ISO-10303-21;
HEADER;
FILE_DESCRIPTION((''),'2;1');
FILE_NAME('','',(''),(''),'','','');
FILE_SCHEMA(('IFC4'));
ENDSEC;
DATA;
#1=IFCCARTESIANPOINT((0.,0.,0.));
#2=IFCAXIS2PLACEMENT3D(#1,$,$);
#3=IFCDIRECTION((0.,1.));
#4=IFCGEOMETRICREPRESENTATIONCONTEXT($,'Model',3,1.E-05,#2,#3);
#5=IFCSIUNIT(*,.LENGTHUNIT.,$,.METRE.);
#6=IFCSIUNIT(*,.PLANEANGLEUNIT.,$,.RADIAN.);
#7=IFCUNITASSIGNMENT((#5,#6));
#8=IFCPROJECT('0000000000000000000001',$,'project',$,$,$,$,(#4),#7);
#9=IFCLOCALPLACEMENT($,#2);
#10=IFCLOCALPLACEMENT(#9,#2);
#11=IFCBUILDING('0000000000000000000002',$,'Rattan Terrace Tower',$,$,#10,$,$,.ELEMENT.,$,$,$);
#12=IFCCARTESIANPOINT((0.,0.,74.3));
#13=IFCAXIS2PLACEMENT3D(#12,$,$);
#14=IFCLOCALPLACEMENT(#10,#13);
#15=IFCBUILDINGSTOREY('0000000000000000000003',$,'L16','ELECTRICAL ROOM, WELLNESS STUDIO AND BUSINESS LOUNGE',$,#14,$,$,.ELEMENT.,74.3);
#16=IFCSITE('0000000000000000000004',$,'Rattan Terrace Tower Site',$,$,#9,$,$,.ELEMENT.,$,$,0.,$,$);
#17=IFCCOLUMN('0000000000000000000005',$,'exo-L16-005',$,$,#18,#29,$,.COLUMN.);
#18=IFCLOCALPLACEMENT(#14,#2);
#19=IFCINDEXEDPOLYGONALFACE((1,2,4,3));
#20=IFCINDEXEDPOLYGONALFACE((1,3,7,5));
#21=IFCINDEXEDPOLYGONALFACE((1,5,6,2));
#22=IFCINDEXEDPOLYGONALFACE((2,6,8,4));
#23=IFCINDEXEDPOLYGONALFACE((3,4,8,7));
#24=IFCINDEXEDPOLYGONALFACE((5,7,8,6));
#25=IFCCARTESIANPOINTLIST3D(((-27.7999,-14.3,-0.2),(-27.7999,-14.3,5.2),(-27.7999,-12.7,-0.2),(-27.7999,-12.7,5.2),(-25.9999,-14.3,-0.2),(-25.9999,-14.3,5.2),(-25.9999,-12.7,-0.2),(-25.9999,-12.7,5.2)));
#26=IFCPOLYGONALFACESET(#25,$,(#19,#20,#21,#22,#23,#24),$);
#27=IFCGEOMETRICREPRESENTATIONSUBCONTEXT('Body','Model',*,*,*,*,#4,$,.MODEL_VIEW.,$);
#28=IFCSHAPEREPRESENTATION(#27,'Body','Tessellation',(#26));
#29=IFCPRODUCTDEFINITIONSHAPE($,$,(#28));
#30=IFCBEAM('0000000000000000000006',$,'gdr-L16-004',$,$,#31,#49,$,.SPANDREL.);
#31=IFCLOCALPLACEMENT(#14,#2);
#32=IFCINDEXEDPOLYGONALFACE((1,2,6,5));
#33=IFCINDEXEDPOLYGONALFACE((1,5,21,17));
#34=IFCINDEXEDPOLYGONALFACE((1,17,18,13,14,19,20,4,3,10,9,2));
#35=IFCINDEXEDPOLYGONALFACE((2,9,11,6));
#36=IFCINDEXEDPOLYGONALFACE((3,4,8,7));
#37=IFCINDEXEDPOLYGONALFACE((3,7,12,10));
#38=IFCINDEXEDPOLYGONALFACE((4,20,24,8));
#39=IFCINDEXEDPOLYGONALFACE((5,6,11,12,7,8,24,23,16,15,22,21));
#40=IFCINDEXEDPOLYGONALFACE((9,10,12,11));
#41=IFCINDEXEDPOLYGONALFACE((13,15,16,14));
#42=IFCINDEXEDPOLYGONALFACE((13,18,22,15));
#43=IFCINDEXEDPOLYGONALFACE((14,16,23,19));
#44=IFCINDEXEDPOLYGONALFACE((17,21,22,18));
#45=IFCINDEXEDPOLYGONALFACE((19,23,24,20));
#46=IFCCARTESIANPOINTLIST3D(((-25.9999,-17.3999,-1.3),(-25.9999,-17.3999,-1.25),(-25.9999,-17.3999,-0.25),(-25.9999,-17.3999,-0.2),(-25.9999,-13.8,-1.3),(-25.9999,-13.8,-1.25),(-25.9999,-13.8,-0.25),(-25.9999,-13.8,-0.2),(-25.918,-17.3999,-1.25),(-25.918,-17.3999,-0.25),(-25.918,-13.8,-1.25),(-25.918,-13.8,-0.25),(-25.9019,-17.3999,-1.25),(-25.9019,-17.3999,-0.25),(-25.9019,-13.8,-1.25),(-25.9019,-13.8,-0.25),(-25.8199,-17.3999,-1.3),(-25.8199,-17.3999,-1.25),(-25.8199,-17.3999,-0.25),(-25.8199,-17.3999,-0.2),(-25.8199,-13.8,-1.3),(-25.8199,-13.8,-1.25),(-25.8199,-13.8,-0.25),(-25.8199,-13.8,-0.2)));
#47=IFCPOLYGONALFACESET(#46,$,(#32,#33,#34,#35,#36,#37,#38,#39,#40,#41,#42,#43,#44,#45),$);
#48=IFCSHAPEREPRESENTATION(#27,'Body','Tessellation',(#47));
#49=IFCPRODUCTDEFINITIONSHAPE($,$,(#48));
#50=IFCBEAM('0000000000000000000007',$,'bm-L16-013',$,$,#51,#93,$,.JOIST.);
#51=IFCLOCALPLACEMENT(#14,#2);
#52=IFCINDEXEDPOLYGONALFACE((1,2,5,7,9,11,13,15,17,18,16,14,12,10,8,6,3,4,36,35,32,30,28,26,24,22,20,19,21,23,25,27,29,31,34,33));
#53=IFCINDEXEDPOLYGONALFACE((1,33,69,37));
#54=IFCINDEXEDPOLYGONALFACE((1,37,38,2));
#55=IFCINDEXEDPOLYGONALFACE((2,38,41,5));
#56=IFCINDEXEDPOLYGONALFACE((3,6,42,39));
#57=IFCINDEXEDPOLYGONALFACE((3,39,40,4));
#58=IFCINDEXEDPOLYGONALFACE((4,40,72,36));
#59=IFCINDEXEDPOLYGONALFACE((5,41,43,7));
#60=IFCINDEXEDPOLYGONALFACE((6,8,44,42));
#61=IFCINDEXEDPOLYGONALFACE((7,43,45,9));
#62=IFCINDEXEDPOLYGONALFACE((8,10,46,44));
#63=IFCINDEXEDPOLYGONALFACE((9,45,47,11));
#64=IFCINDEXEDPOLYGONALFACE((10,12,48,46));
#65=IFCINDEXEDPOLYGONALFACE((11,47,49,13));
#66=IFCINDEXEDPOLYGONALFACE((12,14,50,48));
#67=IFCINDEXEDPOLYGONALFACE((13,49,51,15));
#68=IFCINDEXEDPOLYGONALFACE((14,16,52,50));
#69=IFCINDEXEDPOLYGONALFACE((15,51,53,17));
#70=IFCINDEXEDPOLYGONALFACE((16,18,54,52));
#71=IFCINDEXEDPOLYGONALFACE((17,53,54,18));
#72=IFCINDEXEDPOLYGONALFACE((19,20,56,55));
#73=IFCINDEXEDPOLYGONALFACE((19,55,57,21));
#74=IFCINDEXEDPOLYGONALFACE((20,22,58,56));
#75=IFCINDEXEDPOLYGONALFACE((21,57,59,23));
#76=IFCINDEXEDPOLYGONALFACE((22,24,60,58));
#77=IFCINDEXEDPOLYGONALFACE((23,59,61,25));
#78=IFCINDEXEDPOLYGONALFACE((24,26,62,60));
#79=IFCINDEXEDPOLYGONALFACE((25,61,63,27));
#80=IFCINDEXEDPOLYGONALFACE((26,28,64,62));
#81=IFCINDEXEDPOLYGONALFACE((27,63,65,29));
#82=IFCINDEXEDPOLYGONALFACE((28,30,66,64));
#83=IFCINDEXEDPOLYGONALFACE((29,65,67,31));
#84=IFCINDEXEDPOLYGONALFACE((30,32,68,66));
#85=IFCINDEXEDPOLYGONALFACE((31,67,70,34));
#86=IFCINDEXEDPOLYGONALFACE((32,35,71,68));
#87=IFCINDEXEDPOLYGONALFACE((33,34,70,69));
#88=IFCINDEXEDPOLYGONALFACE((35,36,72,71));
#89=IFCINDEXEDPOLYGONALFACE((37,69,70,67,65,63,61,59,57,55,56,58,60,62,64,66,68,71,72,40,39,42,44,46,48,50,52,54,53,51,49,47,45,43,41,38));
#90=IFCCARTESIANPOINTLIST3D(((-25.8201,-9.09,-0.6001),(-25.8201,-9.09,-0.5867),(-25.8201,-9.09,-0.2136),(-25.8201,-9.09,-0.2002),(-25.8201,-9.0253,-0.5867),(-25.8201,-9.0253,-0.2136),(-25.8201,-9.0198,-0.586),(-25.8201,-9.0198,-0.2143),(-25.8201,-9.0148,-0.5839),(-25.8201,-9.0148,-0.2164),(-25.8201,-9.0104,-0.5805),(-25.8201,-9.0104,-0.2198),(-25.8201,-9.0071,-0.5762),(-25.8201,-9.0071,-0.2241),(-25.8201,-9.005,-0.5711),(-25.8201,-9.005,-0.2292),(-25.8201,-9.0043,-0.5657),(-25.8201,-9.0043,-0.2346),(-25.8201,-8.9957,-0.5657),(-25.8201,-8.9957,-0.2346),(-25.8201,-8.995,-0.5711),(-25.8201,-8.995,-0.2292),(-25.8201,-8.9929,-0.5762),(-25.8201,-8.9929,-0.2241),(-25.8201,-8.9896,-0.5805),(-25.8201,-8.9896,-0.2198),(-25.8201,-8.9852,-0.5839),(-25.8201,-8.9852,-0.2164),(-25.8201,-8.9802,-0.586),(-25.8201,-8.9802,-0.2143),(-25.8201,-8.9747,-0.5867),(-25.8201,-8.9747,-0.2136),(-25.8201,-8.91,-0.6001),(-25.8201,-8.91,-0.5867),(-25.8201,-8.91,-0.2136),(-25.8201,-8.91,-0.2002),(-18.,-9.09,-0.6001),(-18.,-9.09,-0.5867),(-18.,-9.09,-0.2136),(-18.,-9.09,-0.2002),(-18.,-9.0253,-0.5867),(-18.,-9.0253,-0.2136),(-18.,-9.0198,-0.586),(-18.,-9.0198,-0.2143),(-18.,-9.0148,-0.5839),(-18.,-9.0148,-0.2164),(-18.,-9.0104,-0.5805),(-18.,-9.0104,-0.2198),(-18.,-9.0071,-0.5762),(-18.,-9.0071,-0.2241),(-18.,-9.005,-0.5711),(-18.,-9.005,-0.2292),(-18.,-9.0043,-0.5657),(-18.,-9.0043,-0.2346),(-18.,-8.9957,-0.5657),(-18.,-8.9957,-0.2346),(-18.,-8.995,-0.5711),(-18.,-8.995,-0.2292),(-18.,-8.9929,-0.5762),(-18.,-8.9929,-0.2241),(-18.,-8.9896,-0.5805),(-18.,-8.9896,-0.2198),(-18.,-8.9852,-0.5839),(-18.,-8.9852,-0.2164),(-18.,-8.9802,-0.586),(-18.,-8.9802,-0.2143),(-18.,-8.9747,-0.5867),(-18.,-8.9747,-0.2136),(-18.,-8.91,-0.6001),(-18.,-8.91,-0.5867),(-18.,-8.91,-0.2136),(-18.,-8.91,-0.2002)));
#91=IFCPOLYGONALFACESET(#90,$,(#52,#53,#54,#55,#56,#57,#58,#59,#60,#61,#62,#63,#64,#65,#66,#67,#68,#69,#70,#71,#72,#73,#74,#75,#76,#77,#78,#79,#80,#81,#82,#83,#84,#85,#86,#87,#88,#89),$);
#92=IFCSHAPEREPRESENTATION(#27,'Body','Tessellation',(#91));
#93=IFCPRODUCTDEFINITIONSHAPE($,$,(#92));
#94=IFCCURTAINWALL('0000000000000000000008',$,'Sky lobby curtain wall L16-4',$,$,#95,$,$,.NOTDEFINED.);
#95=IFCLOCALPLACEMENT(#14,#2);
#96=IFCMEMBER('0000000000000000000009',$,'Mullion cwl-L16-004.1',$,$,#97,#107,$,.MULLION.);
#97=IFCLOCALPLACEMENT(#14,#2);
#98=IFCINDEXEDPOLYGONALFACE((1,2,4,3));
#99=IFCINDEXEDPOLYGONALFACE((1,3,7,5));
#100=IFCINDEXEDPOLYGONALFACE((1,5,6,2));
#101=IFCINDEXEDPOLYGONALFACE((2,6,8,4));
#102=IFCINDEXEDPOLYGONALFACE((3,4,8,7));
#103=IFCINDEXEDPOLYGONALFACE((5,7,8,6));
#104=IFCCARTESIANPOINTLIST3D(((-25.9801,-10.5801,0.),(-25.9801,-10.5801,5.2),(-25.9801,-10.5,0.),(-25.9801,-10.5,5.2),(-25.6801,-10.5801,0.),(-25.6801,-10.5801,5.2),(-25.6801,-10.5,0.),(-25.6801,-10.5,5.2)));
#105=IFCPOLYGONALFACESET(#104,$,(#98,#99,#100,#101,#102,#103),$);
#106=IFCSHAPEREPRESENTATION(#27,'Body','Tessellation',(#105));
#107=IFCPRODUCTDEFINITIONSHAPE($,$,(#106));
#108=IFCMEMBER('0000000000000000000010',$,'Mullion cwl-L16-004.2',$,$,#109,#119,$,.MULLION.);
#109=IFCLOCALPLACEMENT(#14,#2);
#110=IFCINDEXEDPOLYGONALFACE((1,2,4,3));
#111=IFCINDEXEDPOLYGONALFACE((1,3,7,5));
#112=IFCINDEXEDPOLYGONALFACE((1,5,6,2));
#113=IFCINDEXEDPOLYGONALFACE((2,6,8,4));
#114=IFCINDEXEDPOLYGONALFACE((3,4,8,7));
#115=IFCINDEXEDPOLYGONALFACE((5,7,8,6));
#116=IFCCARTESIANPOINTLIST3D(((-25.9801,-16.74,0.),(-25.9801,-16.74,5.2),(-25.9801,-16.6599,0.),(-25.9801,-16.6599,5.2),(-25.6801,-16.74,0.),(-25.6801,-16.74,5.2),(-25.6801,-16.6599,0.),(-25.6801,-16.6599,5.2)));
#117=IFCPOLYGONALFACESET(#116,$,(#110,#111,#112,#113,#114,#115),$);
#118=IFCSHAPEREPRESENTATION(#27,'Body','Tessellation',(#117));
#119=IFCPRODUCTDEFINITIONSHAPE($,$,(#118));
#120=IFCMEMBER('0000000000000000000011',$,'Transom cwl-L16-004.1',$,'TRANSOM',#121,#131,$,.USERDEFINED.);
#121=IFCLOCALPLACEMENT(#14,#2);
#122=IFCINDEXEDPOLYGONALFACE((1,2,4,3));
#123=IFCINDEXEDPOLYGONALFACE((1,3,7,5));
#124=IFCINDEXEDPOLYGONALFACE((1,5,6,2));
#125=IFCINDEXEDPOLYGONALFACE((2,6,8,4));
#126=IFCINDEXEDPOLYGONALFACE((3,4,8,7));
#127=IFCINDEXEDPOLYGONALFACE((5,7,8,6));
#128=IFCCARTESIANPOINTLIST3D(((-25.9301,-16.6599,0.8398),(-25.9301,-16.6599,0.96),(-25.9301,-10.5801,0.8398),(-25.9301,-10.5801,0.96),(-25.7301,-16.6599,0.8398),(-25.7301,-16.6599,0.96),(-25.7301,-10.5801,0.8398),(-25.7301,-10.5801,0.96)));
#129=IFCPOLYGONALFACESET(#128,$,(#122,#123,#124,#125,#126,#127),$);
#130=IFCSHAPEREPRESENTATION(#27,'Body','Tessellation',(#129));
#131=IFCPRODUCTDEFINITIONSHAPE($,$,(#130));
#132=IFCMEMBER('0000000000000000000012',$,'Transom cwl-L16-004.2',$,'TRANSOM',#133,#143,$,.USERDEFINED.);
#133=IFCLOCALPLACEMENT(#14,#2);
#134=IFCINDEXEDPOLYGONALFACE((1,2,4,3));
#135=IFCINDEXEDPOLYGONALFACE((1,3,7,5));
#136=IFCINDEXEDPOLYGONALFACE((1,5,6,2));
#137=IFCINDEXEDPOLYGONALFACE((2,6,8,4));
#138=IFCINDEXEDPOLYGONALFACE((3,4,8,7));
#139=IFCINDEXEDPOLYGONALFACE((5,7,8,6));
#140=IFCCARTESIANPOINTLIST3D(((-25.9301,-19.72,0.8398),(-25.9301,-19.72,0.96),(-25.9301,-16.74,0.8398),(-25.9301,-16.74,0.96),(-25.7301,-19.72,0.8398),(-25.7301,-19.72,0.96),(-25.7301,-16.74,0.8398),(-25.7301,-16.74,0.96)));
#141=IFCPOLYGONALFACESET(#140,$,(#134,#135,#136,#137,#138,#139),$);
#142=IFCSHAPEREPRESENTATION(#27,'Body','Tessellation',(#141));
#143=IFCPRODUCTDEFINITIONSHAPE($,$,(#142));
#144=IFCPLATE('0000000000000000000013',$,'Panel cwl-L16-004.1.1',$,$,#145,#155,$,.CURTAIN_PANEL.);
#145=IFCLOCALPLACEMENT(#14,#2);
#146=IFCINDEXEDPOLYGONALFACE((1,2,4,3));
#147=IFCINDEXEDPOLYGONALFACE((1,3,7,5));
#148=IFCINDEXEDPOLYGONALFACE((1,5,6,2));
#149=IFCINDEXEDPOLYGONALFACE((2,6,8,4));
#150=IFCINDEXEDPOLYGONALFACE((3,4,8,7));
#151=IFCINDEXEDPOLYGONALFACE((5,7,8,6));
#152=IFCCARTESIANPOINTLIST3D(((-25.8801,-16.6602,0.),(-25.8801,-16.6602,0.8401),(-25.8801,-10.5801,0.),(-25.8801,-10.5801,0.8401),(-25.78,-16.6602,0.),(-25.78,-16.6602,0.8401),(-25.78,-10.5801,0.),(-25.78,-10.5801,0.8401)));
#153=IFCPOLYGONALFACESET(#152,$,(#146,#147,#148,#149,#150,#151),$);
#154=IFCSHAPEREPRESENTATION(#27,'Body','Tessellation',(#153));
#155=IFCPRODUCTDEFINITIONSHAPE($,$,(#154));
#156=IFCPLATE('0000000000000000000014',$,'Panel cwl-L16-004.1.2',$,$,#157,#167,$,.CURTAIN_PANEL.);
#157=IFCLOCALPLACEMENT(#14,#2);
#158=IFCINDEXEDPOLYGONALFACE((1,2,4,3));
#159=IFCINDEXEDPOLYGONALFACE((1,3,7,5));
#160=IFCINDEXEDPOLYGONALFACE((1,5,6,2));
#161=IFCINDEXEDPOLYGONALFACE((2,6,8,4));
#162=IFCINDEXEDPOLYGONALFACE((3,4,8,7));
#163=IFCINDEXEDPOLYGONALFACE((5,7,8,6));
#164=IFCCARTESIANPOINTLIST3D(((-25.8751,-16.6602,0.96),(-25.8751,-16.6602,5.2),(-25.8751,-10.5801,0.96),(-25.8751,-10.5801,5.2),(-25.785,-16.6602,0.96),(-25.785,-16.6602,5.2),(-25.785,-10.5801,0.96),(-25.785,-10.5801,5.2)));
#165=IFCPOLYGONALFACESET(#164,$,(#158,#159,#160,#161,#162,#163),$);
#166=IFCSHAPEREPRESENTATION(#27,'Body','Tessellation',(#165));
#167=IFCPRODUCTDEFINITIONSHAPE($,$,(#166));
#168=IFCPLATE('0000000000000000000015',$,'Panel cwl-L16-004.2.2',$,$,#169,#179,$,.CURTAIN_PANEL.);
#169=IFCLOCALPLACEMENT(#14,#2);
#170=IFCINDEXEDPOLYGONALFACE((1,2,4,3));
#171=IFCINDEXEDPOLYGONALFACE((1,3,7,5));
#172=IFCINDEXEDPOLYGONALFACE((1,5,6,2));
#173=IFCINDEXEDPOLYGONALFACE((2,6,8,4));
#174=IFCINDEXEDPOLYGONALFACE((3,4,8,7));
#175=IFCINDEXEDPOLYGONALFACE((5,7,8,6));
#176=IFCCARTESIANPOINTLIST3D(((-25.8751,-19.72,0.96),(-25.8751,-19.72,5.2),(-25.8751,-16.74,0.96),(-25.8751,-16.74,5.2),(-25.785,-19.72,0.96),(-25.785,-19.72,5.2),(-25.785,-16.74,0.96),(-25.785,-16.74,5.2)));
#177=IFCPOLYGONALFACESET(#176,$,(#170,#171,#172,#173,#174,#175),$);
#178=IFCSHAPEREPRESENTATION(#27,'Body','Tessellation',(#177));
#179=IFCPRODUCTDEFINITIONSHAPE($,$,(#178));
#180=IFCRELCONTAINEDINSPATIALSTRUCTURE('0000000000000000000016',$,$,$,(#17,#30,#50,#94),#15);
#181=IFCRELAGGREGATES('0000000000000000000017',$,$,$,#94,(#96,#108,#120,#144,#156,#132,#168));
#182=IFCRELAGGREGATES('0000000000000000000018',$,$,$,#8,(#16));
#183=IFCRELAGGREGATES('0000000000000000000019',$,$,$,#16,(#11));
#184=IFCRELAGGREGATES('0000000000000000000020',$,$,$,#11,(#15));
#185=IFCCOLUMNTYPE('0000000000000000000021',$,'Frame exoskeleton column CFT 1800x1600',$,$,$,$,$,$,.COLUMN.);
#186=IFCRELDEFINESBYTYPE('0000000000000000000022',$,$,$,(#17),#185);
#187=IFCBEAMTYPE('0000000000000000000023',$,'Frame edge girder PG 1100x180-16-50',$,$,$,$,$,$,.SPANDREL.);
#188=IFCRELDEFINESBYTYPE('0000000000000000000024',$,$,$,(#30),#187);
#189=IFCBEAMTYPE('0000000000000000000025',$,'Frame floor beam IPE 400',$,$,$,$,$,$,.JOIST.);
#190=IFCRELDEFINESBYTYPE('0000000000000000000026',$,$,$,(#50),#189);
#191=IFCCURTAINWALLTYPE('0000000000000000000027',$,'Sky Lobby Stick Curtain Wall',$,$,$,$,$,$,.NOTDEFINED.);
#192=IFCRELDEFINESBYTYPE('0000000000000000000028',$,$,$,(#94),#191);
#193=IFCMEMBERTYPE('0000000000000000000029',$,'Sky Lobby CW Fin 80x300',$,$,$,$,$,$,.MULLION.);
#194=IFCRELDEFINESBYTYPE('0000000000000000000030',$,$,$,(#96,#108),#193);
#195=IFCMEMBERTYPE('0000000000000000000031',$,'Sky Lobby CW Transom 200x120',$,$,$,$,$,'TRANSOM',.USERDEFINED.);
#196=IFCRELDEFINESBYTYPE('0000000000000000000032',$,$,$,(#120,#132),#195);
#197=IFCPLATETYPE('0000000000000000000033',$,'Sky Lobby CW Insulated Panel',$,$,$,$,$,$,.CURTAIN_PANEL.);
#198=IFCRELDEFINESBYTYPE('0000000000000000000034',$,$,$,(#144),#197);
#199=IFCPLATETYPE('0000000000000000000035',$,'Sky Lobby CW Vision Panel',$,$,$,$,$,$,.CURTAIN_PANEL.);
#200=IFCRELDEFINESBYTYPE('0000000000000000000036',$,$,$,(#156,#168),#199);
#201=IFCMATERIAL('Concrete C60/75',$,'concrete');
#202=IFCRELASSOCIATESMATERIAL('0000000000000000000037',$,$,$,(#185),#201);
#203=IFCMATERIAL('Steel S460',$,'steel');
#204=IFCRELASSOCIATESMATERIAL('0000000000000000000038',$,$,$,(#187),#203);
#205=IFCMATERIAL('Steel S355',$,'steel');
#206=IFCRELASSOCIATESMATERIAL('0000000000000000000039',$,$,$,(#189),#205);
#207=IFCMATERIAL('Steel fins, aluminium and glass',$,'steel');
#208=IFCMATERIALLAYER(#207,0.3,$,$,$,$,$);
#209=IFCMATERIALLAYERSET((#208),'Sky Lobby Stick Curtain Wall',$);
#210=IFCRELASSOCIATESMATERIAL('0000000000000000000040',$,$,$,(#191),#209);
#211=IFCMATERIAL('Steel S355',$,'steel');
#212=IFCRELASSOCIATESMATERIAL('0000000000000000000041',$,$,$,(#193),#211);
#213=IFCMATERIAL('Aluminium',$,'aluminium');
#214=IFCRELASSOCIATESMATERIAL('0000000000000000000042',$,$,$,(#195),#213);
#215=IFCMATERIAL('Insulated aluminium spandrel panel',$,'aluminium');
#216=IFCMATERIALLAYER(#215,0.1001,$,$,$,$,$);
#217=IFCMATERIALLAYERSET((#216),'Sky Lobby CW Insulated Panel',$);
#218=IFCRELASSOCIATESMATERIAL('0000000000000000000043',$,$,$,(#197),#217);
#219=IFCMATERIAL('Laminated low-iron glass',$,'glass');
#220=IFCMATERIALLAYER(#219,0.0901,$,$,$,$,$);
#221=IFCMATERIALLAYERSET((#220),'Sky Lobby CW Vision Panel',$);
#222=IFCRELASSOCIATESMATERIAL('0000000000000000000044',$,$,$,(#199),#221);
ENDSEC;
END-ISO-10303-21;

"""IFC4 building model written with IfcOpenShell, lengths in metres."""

from ifc_helpers import new_model, si_unit, direction, frame, origin, origin_2d, place, context, subcontext, project, spatial, rectangle, i_section, extrude, material, layer, layer_set, material_profile, profile_set, type_object, element, aggregate, save


model = new_model("IFC4")

# Units and contexts
model_context = context("Model", 3, precision=1e-05, world=origin(), true_north=direction((0.0, 1.0)))
body_context = subcontext(model_context, "Body", "Model", "MODEL_VIEW")
ifc_project = project(units=[si_unit("LENGTHUNIT", "METRE"), si_unit("PLANEANGLEUNIT", "RADIAN")], contexts=[model_context])

# Site, building, storey
site_placement = place(None, origin())
site = spatial("IfcSite", under=ifc_project, at=site_placement, Name="Rattan Terrace Tower Site", CompositionType="ELEMENT", RefElevation=0.0)
building_placement = place(site_placement, origin())
building = spatial("IfcBuilding", under=site, at=building_placement, Name="Rattan Terrace Tower", CompositionType="ELEMENT")
storey_placement = place(building_placement, frame((0.0, 0.0, 74.3)))
storey = spatial("IfcBuildingStorey", under=building, at=storey_placement, Name="L16", Description="ELECTRICAL ROOM, WELLNESS STUDIO AND BUSINESS LOUNGE", CompositionType="ELEMENT", Elevation=74.3)

# Column
ifc_material_1 = material(Name="Concrete C60/75", Category="concrete")
ifc_material_profile_1 = material_profile(ifc_material_1, rectangle(XDim=1.6001, YDim=1.8, at=origin_2d()), Name="CFT 1800x1600")
ifc_profile_set_1 = profile_set([ifc_material_profile_1], Name="Concrete C60/75")
column_type = type_object("IfcColumnType", Name="Frame exoskeleton column CFT 1800x1600", PredefinedType="COLUMN", material=ifc_profile_set_1)
column_placement = place(storey_placement, frame((-26.8999, -13.5, -0.2), z_axis=(0.0, 0.0, 1.0), x_axis=(0.0, 1.0, 0.0)))
element("IfcColumn", 1, at=column_placement, inside=storey, type_object=column_type, Name="exo-L16-005", PredefinedType="COLUMN", context=body_context, shape_type="SweptSolid", body=[
    extrude(rectangle(XDim=1.6001, YDim=1.8, at=origin_2d()), origin(), (0.0, 0.0, 1.0), 5.3999),
])

# Beams
ifc_material_2 = material(Name="Steel S460", Category="steel")
ifc_material_profile_2 = material_profile(ifc_material_2, i_section(OverallWidth=0.1799, OverallDepth=1.1001, WebThickness=0.0161, FlangeThickness=0.05, at=origin_2d()), Name="PG 1100x180-16-50")
ifc_profile_set_2 = profile_set([ifc_material_profile_2], Name="Steel S460")
beam_type_1 = type_object("IfcBeamType", Name="Frame edge girder PG 1100x180-16-50", PredefinedType="SPANDREL", material=ifc_profile_set_2)
beam_1_placement = place(storey_placement, frame((-25.9099, -13.8, -0.75), z_axis=(0.0, -1.0, 0.0), x_axis=(1.0, 0.0, 0.0)))
element("IfcBeam", 2, at=beam_1_placement, inside=storey, type_object=beam_type_1, Name="gdr-L16-004", PredefinedType="SPANDREL", context=body_context, shape_type="SweptSolid", body=[
    extrude(i_section(OverallWidth=0.1799, OverallDepth=1.1001, WebThickness=0.0161, FlangeThickness=0.05, at=origin_2d()), origin(), (0.0, 0.0, 1.0), 3.5999),
])
ifc_material_3 = material(Name="Steel S355", Category="steel")
ifc_material_profile_3 = material_profile(ifc_material_3, i_section(OverallWidth=0.1799, OverallDepth=0.3999, WebThickness=0.0085, FlangeThickness=0.0134, FilletRadius=0.021, at=origin_2d()), Name="IPE 400")
ifc_profile_set_3 = profile_set([ifc_material_profile_3], Name="Steel S355")
beam_type_2 = type_object("IfcBeamType", Name="Frame floor beam IPE 400", PredefinedType="JOIST", material=ifc_profile_set_3)
beam_2_placement = place(storey_placement, frame((-25.8201, -9.0, -0.4001), z_axis=(1.0, 0.0, 0.0), x_axis=(0.0, 1.0, 0.0)))
element("IfcBeam", 3, at=beam_2_placement, inside=storey, type_object=beam_type_2, Name="bm-L16-013", PredefinedType="JOIST", context=body_context, shape_type="SweptSolid", body=[
    extrude(i_section(OverallWidth=0.1799, OverallDepth=0.3999, WebThickness=0.0085, FlangeThickness=0.0134, FilletRadius=0.021, at=origin_2d()), origin(), (0.0, 0.0, 1.0), 7.8201),
])

# Curtain wall, members, plates
ifc_material_4 = material(Name="Steel fins, aluminium and glass", Category="steel")
ifc_layer_1 = layer(ifc_material_4, 0.3)
ifc_layer_set_1 = layer_set([ifc_layer_1], Name="Sky Lobby Stick Curtain Wall")
curtain_wall_type = type_object("IfcCurtainWallType", Name="Sky Lobby Stick Curtain Wall", PredefinedType="NOTDEFINED", material=ifc_layer_set_1)
curtain_wall_placement = place(storey_placement, origin())
curtain_wall = element("IfcCurtainWall", 4, at=curtain_wall_placement, inside=storey, type_object=curtain_wall_type, Name="Sky lobby curtain wall L16-4", PredefinedType="NOTDEFINED")
ifc_material_5 = material(Name="Steel S355", Category="steel")
ifc_material_profile_4 = material_profile(ifc_material_5, rectangle(XDim=0.0801, YDim=0.3, at=origin_2d()), Name="Steel S355 80x300")
ifc_profile_set_4 = profile_set([ifc_material_profile_4], Name="Steel S355")
member_type_1 = type_object("IfcMemberType", Name="Sky Lobby CW Fin 80x300", PredefinedType="MULLION", material=ifc_profile_set_4)
member_1_placement = place(storey_placement, frame((-25.8301, -10.54, 0.0), z_axis=(0.0, 0.0, 1.0), x_axis=(0.0, -1.0, 0.0)))
member_1 = element("IfcMember", 5, at=member_1_placement, type_object=member_type_1, Name="Mullion cwl-L16-004.1", PredefinedType="MULLION", context=body_context, shape_type="SweptSolid", body=[
    extrude(rectangle(XDim=0.0801, YDim=0.3, at=origin_2d()), origin(), (0.0, 0.0, 1.0), 5.2),
])
member_2_placement = place(storey_placement, frame((-25.8301, -16.7, 0.0), z_axis=(0.0, 0.0, 1.0), x_axis=(0.0, -1.0, 0.0)))
member_2 = element("IfcMember", 6, at=member_2_placement, type_object=member_type_1, Name="Mullion cwl-L16-004.2", PredefinedType="MULLION", context=body_context, shape_type="SweptSolid", body=[
    extrude(rectangle(XDim=0.0801, YDim=0.3, at=origin_2d()), origin(), (0.0, 0.0, 1.0), 5.2),
])
ifc_material_6 = material(Name="Aluminium", Category="aluminium")
ifc_material_profile_5 = material_profile(ifc_material_6, rectangle(XDim=0.2, YDim=0.1201, at=origin_2d()), Name="Aluminium 200x120")
ifc_profile_set_5 = profile_set([ifc_material_profile_5], Name="Aluminium")
member_type_2 = type_object("IfcMemberType", Name="Sky Lobby CW Transom 200x120", ElementType="TRANSOM", PredefinedType="USERDEFINED", material=ifc_profile_set_5)
member_3_placement = place(storey_placement, frame((-25.8301, -10.5801, 0.8999), z_axis=(0.0, -1.0, 0.0), x_axis=(1.0, 0.0, 0.0)))
member_3 = element("IfcMember", 7, at=member_3_placement, type_object=member_type_2, Name="Transom cwl-L16-004.1", ObjectType="TRANSOM", PredefinedType="USERDEFINED", context=body_context, shape_type="SweptSolid", body=[
    extrude(rectangle(XDim=0.2, YDim=0.1201, at=origin_2d()), origin(), (0.0, 0.0, 1.0), 6.0798),
])
member_4_placement = place(storey_placement, frame((-25.8301, -16.74, 0.8999), z_axis=(0.0, -1.0, 0.0), x_axis=(1.0, 0.0, 0.0)))
member_4 = element("IfcMember", 8, at=member_4_placement, type_object=member_type_2, Name="Transom cwl-L16-004.2", ObjectType="TRANSOM", PredefinedType="USERDEFINED", context=body_context, shape_type="SweptSolid", body=[
    extrude(rectangle(XDim=0.2, YDim=0.1201, at=origin_2d()), origin(), (0.0, 0.0, 1.0), 2.98),
])
ifc_material_7 = material(Name="Insulated aluminium spandrel panel", Category="aluminium")
ifc_layer_2 = layer(ifc_material_7, 0.1001)
ifc_layer_set_2 = layer_set([ifc_layer_2], Name="Sky Lobby CW Insulated Panel")
plate_type_1 = type_object("IfcPlateType", Name="Sky Lobby CW Insulated Panel", PredefinedType="CURTAIN_PANEL", material=ifc_layer_set_2)
plate_1_placement = place(storey_placement, frame((-25.8301, -13.6201, 0.0), z_axis=(0.0, 0.0, 1.0), x_axis=(0.0, -1.0, 0.0)))
plate_1 = element("IfcPlate", 9, at=plate_1_placement, type_object=plate_type_1, Name="Panel cwl-L16-004.1.1", PredefinedType="CURTAIN_PANEL", context=body_context, shape_type="SweptSolid", body=[
    extrude(rectangle(XDim=6.0801, YDim=0.1001, at=origin_2d()), origin(), (0.0, 0.0, 1.0), 0.8401),
])
ifc_material_8 = material(Name="Laminated low-iron glass", Category="glass")
ifc_layer_3 = layer(ifc_material_8, 0.0901)
ifc_layer_set_3 = layer_set([ifc_layer_3], Name="Sky Lobby CW Vision Panel")
plate_type_2 = type_object("IfcPlateType", Name="Sky Lobby CW Vision Panel", PredefinedType="CURTAIN_PANEL", material=ifc_layer_set_3)
plate_2_placement = place(storey_placement, frame((-25.8301, -13.6201, 0.96), z_axis=(0.0, 0.0, 1.0), x_axis=(0.0, -1.0, 0.0)))
plate_2 = element("IfcPlate", 10, at=plate_2_placement, type_object=plate_type_2, Name="Panel cwl-L16-004.1.2", PredefinedType="CURTAIN_PANEL", context=body_context, shape_type="SweptSolid", body=[
    extrude(rectangle(XDim=6.0801, YDim=0.0901, at=origin_2d()), origin(), (0.0, 0.0, 1.0), 4.24),
])
plate_3_placement = place(storey_placement, frame((-25.8301, -18.23, 0.96), z_axis=(0.0, 0.0, 1.0), x_axis=(0.0, -1.0, 0.0)))
plate_3 = element("IfcPlate", 11, at=plate_3_placement, type_object=plate_type_2, Name="Panel cwl-L16-004.2.2", PredefinedType="CURTAIN_PANEL", context=body_context, shape_type="SweptSolid", body=[
    extrude(rectangle(XDim=2.98, YDim=0.0901, at=origin_2d()), origin(), (0.0, 0.0, 1.0), 4.24),
])
aggregate(curtain_wall, [member_1, member_2, member_3, plate_1, plate_2, member_4, plate_3])

save(model, "model.ifc")
